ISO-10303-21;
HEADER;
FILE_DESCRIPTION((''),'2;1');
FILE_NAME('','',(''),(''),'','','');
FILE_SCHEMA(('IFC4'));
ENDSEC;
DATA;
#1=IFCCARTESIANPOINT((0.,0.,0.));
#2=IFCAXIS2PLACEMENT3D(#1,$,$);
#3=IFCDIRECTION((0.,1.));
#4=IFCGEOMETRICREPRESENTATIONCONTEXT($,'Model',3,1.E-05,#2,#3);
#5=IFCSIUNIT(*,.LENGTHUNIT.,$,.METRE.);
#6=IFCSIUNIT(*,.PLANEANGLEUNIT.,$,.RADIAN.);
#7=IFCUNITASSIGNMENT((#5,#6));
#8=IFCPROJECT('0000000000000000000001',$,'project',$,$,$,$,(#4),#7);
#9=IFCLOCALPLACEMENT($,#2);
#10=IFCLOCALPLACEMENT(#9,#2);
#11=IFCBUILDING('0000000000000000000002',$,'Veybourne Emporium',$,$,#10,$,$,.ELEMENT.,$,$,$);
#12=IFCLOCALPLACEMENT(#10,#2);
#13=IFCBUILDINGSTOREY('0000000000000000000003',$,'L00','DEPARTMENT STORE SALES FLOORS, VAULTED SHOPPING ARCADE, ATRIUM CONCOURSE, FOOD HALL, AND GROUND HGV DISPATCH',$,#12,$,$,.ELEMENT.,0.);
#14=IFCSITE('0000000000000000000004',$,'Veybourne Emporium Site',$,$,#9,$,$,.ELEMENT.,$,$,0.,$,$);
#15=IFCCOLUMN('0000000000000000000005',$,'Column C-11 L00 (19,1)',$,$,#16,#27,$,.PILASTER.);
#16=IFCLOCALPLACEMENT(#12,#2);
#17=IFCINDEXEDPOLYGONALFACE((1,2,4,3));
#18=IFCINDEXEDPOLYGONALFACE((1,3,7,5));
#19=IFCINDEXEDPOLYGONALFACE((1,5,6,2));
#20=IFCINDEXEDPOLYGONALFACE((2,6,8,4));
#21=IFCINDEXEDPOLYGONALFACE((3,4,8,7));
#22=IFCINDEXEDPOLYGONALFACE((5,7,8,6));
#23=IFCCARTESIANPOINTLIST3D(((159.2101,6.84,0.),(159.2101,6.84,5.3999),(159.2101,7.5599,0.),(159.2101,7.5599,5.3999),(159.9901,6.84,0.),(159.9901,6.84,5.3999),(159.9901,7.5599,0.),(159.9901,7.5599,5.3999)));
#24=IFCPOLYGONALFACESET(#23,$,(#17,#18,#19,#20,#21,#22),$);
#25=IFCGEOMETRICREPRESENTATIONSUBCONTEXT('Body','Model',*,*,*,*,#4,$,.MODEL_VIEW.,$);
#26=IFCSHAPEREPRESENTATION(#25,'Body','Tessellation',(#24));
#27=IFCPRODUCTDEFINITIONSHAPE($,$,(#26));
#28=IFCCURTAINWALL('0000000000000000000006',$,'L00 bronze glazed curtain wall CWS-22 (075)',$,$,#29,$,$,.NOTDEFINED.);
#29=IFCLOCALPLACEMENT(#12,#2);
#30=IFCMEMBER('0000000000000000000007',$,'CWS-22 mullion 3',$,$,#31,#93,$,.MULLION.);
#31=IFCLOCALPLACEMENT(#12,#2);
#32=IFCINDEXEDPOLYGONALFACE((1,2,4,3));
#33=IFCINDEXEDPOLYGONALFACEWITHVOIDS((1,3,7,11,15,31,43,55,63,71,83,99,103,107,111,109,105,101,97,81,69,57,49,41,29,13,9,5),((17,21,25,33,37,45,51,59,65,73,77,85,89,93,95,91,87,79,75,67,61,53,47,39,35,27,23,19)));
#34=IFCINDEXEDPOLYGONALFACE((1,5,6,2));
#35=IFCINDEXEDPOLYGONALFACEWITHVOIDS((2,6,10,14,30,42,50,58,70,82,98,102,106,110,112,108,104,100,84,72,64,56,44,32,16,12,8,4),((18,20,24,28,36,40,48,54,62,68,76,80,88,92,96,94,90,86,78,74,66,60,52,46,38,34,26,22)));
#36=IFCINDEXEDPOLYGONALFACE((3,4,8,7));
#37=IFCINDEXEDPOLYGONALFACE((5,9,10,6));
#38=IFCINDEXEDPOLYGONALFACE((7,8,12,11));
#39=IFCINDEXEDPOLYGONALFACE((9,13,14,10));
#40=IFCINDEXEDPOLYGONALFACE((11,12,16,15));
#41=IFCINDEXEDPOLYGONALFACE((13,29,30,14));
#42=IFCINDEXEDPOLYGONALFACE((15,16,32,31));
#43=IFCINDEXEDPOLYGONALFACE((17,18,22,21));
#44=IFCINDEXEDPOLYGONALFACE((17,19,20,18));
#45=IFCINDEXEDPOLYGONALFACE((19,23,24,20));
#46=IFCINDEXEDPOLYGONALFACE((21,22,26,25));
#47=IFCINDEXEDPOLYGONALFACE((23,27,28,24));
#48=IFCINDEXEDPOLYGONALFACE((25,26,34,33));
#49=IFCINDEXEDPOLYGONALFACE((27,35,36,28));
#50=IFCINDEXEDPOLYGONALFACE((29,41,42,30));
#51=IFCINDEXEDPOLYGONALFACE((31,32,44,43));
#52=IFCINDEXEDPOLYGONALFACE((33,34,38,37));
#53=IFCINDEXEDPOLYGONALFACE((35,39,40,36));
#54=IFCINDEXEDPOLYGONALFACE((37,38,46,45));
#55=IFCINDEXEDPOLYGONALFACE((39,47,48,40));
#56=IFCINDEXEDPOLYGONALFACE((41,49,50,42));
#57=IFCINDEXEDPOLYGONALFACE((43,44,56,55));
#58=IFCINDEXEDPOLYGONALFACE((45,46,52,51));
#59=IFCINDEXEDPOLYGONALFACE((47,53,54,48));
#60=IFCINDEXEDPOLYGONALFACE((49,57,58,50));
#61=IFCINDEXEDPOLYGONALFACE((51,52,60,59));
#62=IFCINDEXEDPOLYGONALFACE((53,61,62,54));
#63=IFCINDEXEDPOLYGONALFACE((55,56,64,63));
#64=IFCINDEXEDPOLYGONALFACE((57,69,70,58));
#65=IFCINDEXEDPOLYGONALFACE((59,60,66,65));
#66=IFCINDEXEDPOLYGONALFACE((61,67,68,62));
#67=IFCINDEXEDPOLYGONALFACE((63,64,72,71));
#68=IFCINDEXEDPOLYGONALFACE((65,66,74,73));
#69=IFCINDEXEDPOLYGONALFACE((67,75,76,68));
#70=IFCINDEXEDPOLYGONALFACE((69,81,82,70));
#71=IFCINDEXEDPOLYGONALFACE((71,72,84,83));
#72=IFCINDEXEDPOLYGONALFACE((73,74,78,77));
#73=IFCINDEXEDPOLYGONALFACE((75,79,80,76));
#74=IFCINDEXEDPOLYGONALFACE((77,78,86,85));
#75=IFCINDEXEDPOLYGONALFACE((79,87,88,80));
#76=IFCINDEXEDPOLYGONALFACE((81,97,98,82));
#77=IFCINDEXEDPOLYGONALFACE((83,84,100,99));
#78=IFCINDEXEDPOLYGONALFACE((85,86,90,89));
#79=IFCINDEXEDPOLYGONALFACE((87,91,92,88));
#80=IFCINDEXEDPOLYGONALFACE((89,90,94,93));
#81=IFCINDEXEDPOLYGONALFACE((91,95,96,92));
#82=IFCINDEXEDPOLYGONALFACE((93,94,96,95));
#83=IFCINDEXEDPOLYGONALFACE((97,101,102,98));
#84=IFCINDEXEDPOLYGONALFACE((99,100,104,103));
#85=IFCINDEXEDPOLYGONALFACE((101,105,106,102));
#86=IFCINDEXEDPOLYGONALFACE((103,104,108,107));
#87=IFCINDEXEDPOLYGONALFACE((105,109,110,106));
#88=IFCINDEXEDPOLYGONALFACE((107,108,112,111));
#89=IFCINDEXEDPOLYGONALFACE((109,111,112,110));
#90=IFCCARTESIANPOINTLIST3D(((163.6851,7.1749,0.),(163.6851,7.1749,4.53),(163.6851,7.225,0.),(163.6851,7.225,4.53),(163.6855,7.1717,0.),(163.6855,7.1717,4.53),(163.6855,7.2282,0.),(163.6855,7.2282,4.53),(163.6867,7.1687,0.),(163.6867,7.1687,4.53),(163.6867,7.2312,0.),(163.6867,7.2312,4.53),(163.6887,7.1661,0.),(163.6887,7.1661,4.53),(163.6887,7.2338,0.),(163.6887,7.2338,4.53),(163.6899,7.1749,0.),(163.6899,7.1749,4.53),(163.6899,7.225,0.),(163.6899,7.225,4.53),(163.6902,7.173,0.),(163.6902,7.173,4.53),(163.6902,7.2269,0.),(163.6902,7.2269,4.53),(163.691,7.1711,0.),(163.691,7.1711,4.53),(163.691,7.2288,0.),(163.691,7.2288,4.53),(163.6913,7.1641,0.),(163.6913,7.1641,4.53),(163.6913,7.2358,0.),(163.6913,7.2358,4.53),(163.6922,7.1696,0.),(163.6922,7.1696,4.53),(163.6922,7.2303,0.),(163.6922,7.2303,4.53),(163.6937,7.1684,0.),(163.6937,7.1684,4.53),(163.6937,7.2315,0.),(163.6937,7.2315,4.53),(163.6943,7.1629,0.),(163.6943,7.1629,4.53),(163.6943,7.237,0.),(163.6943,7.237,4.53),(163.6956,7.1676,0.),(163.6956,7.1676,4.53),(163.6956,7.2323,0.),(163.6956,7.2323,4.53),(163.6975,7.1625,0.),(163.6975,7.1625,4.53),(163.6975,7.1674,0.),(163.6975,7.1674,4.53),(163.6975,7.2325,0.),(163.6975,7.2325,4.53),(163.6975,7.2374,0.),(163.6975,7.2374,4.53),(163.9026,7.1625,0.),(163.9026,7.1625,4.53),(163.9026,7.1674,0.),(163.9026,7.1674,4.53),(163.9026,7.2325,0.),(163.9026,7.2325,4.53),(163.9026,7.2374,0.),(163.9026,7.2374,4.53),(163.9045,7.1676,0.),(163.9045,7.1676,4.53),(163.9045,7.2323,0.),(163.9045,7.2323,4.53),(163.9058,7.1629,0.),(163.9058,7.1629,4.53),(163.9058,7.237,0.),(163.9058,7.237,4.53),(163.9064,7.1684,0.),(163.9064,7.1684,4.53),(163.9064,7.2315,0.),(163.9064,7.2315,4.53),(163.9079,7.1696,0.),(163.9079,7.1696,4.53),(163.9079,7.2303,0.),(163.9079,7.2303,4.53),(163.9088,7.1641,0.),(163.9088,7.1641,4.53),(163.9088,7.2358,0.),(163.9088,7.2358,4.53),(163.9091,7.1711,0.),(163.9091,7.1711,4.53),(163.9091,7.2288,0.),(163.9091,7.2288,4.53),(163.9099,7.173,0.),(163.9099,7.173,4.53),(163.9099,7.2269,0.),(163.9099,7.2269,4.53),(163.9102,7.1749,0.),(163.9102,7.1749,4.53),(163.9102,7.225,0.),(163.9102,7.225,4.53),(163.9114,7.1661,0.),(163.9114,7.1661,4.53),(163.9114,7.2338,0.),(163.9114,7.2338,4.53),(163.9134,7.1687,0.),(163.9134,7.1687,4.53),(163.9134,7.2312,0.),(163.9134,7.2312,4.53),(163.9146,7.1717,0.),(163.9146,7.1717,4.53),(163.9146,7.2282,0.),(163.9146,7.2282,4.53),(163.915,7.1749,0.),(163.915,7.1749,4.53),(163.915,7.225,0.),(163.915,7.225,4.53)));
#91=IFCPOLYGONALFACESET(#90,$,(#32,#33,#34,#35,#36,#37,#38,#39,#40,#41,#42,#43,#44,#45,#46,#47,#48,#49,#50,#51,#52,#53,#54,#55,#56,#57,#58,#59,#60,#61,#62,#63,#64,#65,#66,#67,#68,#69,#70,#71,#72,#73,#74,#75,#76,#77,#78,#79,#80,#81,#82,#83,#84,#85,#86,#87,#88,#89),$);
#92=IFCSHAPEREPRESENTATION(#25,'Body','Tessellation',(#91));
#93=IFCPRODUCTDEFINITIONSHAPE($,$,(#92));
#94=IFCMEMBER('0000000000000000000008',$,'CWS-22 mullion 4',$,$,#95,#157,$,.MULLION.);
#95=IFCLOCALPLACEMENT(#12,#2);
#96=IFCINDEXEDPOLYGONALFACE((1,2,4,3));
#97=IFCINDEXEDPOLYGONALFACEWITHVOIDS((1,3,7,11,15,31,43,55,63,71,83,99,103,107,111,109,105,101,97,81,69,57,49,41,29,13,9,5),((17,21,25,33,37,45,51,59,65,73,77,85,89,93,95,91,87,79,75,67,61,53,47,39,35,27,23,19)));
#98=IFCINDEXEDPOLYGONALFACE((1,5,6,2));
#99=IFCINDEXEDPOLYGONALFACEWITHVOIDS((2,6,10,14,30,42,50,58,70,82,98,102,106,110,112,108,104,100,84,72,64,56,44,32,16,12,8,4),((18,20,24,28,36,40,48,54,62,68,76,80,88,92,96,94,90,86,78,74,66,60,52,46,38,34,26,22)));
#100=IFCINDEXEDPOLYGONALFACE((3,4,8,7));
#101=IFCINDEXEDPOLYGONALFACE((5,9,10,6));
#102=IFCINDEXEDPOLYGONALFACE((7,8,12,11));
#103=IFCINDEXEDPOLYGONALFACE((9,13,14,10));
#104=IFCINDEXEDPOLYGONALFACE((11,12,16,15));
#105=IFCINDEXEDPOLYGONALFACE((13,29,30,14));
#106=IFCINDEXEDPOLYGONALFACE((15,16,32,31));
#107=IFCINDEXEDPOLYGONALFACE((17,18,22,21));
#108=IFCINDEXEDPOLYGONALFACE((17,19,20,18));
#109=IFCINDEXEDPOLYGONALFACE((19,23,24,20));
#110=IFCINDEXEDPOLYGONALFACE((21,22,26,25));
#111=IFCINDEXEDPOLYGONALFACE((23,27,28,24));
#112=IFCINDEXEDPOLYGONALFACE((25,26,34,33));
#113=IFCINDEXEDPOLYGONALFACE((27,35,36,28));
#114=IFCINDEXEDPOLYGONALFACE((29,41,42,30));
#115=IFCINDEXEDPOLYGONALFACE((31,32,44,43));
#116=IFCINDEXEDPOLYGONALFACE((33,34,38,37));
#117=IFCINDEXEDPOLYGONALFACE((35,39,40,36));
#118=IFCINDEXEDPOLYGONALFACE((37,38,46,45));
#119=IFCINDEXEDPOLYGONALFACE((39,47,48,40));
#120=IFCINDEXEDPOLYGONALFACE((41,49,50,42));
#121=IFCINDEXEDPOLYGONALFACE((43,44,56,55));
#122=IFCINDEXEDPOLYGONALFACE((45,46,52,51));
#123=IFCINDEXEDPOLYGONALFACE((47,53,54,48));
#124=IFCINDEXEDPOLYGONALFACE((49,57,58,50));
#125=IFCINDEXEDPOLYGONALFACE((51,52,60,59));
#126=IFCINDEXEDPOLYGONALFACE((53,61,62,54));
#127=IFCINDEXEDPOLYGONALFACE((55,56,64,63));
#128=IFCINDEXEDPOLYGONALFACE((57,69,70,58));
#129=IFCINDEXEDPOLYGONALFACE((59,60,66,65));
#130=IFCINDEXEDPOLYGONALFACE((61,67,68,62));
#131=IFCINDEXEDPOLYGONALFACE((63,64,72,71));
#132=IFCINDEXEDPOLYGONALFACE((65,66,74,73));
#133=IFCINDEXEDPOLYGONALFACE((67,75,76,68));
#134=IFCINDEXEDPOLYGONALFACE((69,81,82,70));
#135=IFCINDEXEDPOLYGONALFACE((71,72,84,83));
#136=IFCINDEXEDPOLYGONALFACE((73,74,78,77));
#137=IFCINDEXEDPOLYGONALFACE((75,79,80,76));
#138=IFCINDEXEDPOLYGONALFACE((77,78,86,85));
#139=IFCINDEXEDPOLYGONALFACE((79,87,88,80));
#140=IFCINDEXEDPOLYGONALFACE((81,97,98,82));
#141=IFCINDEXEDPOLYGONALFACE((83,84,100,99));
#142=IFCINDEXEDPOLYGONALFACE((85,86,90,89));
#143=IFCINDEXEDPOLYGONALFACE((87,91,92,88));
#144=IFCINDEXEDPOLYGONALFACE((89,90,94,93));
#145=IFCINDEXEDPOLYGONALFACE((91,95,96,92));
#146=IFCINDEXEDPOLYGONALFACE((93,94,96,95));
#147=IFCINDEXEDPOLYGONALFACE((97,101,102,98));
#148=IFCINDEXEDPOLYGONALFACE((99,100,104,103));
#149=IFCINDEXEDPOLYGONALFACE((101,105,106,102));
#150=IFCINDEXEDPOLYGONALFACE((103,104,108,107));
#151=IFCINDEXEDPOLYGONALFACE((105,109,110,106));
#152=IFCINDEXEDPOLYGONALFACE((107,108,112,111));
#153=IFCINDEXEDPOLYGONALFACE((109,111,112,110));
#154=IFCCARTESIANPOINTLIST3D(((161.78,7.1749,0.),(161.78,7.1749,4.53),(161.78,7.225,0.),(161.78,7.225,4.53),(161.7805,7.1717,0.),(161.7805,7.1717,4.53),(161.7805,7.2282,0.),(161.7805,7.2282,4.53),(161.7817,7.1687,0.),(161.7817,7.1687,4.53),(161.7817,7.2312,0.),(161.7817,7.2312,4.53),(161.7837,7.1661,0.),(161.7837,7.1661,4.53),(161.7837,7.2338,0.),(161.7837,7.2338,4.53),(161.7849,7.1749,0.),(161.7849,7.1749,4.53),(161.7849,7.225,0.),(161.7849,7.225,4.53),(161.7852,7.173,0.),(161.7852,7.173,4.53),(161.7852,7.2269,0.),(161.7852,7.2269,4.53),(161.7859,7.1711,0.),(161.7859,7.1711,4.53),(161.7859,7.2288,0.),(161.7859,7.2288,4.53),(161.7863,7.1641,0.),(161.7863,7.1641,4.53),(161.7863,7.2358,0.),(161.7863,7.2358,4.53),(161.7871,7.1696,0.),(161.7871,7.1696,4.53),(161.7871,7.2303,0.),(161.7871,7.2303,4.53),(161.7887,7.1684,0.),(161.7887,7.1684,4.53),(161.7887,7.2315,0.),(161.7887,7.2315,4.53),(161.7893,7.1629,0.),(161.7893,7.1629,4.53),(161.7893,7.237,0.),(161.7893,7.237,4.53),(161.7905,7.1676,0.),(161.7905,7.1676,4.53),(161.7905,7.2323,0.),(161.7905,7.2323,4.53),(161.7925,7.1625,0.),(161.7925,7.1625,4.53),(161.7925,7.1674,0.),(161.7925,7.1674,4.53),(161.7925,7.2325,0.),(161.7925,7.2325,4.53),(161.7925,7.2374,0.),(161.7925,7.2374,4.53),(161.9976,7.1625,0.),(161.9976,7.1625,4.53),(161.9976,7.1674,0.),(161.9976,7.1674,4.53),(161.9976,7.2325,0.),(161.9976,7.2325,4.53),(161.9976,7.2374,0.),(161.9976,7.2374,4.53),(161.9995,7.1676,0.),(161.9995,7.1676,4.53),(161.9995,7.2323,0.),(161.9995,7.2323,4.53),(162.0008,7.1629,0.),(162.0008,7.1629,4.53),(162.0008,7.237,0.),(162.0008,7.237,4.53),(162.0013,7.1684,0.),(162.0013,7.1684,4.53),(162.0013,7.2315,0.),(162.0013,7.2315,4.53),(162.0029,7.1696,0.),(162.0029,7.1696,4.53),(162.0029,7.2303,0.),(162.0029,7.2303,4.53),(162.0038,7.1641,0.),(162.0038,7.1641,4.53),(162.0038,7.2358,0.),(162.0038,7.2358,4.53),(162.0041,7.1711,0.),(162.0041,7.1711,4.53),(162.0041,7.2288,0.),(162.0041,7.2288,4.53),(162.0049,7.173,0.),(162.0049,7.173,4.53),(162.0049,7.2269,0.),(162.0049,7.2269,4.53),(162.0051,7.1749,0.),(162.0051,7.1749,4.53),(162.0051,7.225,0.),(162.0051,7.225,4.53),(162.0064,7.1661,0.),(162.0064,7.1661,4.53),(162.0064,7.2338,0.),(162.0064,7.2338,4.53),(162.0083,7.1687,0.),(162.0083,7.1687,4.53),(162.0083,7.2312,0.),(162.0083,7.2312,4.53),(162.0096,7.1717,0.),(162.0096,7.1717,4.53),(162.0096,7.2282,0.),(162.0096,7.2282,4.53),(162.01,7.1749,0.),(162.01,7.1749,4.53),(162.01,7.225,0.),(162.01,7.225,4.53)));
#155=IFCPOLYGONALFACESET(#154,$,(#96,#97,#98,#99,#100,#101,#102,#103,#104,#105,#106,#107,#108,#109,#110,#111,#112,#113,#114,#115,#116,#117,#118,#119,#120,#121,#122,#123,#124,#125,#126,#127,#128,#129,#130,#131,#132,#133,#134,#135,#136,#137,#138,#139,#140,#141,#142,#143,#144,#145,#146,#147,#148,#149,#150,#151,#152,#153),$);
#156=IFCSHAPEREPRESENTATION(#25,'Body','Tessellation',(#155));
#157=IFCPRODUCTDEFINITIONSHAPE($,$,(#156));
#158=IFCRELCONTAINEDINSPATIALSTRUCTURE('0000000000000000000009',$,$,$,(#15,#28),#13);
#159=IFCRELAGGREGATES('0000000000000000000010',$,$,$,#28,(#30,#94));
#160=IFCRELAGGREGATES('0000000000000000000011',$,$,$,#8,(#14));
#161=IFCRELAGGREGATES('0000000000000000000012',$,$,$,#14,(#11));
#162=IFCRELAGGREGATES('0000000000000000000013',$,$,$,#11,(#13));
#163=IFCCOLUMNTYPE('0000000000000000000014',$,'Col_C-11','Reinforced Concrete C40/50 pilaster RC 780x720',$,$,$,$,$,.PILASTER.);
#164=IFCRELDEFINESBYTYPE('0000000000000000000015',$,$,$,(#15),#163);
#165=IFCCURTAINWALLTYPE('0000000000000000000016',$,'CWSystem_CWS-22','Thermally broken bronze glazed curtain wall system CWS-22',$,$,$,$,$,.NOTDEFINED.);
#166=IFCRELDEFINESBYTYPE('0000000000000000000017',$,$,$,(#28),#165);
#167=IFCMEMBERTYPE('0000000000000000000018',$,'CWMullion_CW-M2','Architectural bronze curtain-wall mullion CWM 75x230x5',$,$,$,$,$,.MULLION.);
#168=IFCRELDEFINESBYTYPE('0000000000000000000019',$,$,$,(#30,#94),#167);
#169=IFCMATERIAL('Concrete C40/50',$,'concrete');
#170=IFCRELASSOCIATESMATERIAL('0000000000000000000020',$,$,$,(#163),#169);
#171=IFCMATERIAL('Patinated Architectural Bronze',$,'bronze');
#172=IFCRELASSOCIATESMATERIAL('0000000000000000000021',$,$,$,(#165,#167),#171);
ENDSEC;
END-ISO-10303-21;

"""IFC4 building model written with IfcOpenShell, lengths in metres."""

from ifc_helpers import new_model, si_unit, direction, frame, origin, origin_2d, place, context, subcontext, project, spatial, rectangle, hollow_rectangle, extrude, material, material_profile, profile_set, type_object, element, aggregate, save


model = new_model("IFC4")

# Units and contexts
model_context = context("Model", 3, precision=1e-05, world=origin(), true_north=direction((0.0, 1.0)))
body_context = subcontext(model_context, "Body", "Model", "MODEL_VIEW")
ifc_project = project(units=[si_unit("LENGTHUNIT", "METRE"), si_unit("PLANEANGLEUNIT", "RADIAN")], contexts=[model_context])

# Site, building, storey
site_placement = place(None, origin())
site = spatial("IfcSite", under=ifc_project, at=site_placement, Name="Veybourne Emporium Site", CompositionType="ELEMENT", RefElevation=0.0)
building_placement = place(site_placement, origin())
building = spatial("IfcBuilding", under=site, at=building_placement, Name="Veybourne Emporium", CompositionType="ELEMENT")
storey_placement = place(building_placement, origin())
storey = spatial("IfcBuildingStorey", under=building, at=storey_placement, Name="L00", Description="DEPARTMENT STORE SALES FLOORS, VAULTED SHOPPING ARCADE, ATRIUM CONCOURSE, FOOD HALL, AND GROUND HGV DISPATCH", CompositionType="ELEMENT", Elevation=0.0)

# Column
ifc_material_1 = material(Name="Concrete C40/50", Category="concrete")
ifc_material_profile_1 = material_profile(ifc_material_1, rectangle(XDim=0.78, YDim=0.72, at=origin_2d()), Name="RC 780x720")
ifc_profile_set_1 = profile_set([ifc_material_profile_1], Name="Concrete C40/50")
column_type = type_object("IfcColumnType", Name="Col_C-11", Description="Reinforced Concrete C40/50 pilaster RC 780x720", PredefinedType="PILASTER", material=ifc_profile_set_1)
column_placement = place(storey_placement, frame((159.6001, 7.2, 0.0), z_axis=(0.0, 0.0, 1.0), x_axis=(1.0, 0.0, 0.0)))
element("IfcColumn", 1, at=column_placement, inside=storey, type_object=column_type, Name="Column C-11 L00 (19,1)", PredefinedType="PILASTER", context=body_context, shape_type="SweptSolid", body=[
    extrude(rectangle(XDim=0.78, YDim=0.72, at=origin_2d()), origin(), (0.0, 0.0, 1.0), 5.3999),
])

# Curtain wall, members
ifc_material_2 = material(Name="Patinated Architectural Bronze", Category="bronze")
curtain_wall_type_1 = type_object("IfcCurtainWallType", Name="CWSystem_CWS-22", Description="Thermally broken bronze glazed curtain wall system CWS-22", PredefinedType="NOTDEFINED", material=ifc_material_2)
curtain_wall_1_placement = place(storey_placement, origin())
curtain_wall_1 = element("IfcCurtainWall", 2, at=curtain_wall_1_placement, inside=storey, type_object=curtain_wall_type_1, Name="L00 bronze glazed curtain wall CWS-22 (075)", PredefinedType="NOTDEFINED")
ifc_material_profile_2 = material_profile(ifc_material_2, hollow_rectangle(XDim=0.075, YDim=0.23, WallThickness=0.0049, InnerFilletRadius=0.0076, OuterFilletRadius=0.0125, at=origin_2d()), Name="CWM 75x230x5")
ifc_profile_set_2 = profile_set([ifc_material_profile_2], Name="Patinated Architectural Bronze")
member_type_1 = type_object("IfcMemberType", Name="CWMullion_CW-M2", Description="Architectural bronze curtain-wall mullion CWM 75x230x5", PredefinedType="MULLION", material=ifc_profile_set_2)
member_1_placement = place(storey_placement, frame((163.8, 7.2, 0.0), z_axis=(0.0, 0.0, 1.0), x_axis=(0.0, -1.0, 0.0)))
member_1 = element("IfcMember", 3, at=member_1_placement, type_object=member_type_1, Name="CWS-22 mullion 3", PredefinedType="MULLION", context=body_context, shape_type="SweptSolid", body=[
    extrude(hollow_rectangle(XDim=0.075, YDim=0.23, WallThickness=0.0049, InnerFilletRadius=0.0076, OuterFilletRadius=0.0125, at=origin_2d()), origin(), (0.0, 0.0, 1.0), 4.53),
])
member_2_placement = place(storey_placement, frame((161.895, 7.2, 0.0), z_axis=(0.0, 0.0, 1.0), x_axis=(0.0, -1.0, 0.0)))
member_2 = element("IfcMember", 4, at=member_2_placement, type_object=member_type_1, Name="CWS-22 mullion 4", PredefinedType="MULLION", context=body_context, shape_type="SweptSolid", body=[
    extrude(hollow_rectangle(XDim=0.075, YDim=0.23, WallThickness=0.0049, InnerFilletRadius=0.0076, OuterFilletRadius=0.0125, at=origin_2d()), origin(), (0.0, 0.0, 1.0), 4.53),
])

aggregate(curtain_wall_1, [member_1, member_2])

save(model, "model.ifc")
